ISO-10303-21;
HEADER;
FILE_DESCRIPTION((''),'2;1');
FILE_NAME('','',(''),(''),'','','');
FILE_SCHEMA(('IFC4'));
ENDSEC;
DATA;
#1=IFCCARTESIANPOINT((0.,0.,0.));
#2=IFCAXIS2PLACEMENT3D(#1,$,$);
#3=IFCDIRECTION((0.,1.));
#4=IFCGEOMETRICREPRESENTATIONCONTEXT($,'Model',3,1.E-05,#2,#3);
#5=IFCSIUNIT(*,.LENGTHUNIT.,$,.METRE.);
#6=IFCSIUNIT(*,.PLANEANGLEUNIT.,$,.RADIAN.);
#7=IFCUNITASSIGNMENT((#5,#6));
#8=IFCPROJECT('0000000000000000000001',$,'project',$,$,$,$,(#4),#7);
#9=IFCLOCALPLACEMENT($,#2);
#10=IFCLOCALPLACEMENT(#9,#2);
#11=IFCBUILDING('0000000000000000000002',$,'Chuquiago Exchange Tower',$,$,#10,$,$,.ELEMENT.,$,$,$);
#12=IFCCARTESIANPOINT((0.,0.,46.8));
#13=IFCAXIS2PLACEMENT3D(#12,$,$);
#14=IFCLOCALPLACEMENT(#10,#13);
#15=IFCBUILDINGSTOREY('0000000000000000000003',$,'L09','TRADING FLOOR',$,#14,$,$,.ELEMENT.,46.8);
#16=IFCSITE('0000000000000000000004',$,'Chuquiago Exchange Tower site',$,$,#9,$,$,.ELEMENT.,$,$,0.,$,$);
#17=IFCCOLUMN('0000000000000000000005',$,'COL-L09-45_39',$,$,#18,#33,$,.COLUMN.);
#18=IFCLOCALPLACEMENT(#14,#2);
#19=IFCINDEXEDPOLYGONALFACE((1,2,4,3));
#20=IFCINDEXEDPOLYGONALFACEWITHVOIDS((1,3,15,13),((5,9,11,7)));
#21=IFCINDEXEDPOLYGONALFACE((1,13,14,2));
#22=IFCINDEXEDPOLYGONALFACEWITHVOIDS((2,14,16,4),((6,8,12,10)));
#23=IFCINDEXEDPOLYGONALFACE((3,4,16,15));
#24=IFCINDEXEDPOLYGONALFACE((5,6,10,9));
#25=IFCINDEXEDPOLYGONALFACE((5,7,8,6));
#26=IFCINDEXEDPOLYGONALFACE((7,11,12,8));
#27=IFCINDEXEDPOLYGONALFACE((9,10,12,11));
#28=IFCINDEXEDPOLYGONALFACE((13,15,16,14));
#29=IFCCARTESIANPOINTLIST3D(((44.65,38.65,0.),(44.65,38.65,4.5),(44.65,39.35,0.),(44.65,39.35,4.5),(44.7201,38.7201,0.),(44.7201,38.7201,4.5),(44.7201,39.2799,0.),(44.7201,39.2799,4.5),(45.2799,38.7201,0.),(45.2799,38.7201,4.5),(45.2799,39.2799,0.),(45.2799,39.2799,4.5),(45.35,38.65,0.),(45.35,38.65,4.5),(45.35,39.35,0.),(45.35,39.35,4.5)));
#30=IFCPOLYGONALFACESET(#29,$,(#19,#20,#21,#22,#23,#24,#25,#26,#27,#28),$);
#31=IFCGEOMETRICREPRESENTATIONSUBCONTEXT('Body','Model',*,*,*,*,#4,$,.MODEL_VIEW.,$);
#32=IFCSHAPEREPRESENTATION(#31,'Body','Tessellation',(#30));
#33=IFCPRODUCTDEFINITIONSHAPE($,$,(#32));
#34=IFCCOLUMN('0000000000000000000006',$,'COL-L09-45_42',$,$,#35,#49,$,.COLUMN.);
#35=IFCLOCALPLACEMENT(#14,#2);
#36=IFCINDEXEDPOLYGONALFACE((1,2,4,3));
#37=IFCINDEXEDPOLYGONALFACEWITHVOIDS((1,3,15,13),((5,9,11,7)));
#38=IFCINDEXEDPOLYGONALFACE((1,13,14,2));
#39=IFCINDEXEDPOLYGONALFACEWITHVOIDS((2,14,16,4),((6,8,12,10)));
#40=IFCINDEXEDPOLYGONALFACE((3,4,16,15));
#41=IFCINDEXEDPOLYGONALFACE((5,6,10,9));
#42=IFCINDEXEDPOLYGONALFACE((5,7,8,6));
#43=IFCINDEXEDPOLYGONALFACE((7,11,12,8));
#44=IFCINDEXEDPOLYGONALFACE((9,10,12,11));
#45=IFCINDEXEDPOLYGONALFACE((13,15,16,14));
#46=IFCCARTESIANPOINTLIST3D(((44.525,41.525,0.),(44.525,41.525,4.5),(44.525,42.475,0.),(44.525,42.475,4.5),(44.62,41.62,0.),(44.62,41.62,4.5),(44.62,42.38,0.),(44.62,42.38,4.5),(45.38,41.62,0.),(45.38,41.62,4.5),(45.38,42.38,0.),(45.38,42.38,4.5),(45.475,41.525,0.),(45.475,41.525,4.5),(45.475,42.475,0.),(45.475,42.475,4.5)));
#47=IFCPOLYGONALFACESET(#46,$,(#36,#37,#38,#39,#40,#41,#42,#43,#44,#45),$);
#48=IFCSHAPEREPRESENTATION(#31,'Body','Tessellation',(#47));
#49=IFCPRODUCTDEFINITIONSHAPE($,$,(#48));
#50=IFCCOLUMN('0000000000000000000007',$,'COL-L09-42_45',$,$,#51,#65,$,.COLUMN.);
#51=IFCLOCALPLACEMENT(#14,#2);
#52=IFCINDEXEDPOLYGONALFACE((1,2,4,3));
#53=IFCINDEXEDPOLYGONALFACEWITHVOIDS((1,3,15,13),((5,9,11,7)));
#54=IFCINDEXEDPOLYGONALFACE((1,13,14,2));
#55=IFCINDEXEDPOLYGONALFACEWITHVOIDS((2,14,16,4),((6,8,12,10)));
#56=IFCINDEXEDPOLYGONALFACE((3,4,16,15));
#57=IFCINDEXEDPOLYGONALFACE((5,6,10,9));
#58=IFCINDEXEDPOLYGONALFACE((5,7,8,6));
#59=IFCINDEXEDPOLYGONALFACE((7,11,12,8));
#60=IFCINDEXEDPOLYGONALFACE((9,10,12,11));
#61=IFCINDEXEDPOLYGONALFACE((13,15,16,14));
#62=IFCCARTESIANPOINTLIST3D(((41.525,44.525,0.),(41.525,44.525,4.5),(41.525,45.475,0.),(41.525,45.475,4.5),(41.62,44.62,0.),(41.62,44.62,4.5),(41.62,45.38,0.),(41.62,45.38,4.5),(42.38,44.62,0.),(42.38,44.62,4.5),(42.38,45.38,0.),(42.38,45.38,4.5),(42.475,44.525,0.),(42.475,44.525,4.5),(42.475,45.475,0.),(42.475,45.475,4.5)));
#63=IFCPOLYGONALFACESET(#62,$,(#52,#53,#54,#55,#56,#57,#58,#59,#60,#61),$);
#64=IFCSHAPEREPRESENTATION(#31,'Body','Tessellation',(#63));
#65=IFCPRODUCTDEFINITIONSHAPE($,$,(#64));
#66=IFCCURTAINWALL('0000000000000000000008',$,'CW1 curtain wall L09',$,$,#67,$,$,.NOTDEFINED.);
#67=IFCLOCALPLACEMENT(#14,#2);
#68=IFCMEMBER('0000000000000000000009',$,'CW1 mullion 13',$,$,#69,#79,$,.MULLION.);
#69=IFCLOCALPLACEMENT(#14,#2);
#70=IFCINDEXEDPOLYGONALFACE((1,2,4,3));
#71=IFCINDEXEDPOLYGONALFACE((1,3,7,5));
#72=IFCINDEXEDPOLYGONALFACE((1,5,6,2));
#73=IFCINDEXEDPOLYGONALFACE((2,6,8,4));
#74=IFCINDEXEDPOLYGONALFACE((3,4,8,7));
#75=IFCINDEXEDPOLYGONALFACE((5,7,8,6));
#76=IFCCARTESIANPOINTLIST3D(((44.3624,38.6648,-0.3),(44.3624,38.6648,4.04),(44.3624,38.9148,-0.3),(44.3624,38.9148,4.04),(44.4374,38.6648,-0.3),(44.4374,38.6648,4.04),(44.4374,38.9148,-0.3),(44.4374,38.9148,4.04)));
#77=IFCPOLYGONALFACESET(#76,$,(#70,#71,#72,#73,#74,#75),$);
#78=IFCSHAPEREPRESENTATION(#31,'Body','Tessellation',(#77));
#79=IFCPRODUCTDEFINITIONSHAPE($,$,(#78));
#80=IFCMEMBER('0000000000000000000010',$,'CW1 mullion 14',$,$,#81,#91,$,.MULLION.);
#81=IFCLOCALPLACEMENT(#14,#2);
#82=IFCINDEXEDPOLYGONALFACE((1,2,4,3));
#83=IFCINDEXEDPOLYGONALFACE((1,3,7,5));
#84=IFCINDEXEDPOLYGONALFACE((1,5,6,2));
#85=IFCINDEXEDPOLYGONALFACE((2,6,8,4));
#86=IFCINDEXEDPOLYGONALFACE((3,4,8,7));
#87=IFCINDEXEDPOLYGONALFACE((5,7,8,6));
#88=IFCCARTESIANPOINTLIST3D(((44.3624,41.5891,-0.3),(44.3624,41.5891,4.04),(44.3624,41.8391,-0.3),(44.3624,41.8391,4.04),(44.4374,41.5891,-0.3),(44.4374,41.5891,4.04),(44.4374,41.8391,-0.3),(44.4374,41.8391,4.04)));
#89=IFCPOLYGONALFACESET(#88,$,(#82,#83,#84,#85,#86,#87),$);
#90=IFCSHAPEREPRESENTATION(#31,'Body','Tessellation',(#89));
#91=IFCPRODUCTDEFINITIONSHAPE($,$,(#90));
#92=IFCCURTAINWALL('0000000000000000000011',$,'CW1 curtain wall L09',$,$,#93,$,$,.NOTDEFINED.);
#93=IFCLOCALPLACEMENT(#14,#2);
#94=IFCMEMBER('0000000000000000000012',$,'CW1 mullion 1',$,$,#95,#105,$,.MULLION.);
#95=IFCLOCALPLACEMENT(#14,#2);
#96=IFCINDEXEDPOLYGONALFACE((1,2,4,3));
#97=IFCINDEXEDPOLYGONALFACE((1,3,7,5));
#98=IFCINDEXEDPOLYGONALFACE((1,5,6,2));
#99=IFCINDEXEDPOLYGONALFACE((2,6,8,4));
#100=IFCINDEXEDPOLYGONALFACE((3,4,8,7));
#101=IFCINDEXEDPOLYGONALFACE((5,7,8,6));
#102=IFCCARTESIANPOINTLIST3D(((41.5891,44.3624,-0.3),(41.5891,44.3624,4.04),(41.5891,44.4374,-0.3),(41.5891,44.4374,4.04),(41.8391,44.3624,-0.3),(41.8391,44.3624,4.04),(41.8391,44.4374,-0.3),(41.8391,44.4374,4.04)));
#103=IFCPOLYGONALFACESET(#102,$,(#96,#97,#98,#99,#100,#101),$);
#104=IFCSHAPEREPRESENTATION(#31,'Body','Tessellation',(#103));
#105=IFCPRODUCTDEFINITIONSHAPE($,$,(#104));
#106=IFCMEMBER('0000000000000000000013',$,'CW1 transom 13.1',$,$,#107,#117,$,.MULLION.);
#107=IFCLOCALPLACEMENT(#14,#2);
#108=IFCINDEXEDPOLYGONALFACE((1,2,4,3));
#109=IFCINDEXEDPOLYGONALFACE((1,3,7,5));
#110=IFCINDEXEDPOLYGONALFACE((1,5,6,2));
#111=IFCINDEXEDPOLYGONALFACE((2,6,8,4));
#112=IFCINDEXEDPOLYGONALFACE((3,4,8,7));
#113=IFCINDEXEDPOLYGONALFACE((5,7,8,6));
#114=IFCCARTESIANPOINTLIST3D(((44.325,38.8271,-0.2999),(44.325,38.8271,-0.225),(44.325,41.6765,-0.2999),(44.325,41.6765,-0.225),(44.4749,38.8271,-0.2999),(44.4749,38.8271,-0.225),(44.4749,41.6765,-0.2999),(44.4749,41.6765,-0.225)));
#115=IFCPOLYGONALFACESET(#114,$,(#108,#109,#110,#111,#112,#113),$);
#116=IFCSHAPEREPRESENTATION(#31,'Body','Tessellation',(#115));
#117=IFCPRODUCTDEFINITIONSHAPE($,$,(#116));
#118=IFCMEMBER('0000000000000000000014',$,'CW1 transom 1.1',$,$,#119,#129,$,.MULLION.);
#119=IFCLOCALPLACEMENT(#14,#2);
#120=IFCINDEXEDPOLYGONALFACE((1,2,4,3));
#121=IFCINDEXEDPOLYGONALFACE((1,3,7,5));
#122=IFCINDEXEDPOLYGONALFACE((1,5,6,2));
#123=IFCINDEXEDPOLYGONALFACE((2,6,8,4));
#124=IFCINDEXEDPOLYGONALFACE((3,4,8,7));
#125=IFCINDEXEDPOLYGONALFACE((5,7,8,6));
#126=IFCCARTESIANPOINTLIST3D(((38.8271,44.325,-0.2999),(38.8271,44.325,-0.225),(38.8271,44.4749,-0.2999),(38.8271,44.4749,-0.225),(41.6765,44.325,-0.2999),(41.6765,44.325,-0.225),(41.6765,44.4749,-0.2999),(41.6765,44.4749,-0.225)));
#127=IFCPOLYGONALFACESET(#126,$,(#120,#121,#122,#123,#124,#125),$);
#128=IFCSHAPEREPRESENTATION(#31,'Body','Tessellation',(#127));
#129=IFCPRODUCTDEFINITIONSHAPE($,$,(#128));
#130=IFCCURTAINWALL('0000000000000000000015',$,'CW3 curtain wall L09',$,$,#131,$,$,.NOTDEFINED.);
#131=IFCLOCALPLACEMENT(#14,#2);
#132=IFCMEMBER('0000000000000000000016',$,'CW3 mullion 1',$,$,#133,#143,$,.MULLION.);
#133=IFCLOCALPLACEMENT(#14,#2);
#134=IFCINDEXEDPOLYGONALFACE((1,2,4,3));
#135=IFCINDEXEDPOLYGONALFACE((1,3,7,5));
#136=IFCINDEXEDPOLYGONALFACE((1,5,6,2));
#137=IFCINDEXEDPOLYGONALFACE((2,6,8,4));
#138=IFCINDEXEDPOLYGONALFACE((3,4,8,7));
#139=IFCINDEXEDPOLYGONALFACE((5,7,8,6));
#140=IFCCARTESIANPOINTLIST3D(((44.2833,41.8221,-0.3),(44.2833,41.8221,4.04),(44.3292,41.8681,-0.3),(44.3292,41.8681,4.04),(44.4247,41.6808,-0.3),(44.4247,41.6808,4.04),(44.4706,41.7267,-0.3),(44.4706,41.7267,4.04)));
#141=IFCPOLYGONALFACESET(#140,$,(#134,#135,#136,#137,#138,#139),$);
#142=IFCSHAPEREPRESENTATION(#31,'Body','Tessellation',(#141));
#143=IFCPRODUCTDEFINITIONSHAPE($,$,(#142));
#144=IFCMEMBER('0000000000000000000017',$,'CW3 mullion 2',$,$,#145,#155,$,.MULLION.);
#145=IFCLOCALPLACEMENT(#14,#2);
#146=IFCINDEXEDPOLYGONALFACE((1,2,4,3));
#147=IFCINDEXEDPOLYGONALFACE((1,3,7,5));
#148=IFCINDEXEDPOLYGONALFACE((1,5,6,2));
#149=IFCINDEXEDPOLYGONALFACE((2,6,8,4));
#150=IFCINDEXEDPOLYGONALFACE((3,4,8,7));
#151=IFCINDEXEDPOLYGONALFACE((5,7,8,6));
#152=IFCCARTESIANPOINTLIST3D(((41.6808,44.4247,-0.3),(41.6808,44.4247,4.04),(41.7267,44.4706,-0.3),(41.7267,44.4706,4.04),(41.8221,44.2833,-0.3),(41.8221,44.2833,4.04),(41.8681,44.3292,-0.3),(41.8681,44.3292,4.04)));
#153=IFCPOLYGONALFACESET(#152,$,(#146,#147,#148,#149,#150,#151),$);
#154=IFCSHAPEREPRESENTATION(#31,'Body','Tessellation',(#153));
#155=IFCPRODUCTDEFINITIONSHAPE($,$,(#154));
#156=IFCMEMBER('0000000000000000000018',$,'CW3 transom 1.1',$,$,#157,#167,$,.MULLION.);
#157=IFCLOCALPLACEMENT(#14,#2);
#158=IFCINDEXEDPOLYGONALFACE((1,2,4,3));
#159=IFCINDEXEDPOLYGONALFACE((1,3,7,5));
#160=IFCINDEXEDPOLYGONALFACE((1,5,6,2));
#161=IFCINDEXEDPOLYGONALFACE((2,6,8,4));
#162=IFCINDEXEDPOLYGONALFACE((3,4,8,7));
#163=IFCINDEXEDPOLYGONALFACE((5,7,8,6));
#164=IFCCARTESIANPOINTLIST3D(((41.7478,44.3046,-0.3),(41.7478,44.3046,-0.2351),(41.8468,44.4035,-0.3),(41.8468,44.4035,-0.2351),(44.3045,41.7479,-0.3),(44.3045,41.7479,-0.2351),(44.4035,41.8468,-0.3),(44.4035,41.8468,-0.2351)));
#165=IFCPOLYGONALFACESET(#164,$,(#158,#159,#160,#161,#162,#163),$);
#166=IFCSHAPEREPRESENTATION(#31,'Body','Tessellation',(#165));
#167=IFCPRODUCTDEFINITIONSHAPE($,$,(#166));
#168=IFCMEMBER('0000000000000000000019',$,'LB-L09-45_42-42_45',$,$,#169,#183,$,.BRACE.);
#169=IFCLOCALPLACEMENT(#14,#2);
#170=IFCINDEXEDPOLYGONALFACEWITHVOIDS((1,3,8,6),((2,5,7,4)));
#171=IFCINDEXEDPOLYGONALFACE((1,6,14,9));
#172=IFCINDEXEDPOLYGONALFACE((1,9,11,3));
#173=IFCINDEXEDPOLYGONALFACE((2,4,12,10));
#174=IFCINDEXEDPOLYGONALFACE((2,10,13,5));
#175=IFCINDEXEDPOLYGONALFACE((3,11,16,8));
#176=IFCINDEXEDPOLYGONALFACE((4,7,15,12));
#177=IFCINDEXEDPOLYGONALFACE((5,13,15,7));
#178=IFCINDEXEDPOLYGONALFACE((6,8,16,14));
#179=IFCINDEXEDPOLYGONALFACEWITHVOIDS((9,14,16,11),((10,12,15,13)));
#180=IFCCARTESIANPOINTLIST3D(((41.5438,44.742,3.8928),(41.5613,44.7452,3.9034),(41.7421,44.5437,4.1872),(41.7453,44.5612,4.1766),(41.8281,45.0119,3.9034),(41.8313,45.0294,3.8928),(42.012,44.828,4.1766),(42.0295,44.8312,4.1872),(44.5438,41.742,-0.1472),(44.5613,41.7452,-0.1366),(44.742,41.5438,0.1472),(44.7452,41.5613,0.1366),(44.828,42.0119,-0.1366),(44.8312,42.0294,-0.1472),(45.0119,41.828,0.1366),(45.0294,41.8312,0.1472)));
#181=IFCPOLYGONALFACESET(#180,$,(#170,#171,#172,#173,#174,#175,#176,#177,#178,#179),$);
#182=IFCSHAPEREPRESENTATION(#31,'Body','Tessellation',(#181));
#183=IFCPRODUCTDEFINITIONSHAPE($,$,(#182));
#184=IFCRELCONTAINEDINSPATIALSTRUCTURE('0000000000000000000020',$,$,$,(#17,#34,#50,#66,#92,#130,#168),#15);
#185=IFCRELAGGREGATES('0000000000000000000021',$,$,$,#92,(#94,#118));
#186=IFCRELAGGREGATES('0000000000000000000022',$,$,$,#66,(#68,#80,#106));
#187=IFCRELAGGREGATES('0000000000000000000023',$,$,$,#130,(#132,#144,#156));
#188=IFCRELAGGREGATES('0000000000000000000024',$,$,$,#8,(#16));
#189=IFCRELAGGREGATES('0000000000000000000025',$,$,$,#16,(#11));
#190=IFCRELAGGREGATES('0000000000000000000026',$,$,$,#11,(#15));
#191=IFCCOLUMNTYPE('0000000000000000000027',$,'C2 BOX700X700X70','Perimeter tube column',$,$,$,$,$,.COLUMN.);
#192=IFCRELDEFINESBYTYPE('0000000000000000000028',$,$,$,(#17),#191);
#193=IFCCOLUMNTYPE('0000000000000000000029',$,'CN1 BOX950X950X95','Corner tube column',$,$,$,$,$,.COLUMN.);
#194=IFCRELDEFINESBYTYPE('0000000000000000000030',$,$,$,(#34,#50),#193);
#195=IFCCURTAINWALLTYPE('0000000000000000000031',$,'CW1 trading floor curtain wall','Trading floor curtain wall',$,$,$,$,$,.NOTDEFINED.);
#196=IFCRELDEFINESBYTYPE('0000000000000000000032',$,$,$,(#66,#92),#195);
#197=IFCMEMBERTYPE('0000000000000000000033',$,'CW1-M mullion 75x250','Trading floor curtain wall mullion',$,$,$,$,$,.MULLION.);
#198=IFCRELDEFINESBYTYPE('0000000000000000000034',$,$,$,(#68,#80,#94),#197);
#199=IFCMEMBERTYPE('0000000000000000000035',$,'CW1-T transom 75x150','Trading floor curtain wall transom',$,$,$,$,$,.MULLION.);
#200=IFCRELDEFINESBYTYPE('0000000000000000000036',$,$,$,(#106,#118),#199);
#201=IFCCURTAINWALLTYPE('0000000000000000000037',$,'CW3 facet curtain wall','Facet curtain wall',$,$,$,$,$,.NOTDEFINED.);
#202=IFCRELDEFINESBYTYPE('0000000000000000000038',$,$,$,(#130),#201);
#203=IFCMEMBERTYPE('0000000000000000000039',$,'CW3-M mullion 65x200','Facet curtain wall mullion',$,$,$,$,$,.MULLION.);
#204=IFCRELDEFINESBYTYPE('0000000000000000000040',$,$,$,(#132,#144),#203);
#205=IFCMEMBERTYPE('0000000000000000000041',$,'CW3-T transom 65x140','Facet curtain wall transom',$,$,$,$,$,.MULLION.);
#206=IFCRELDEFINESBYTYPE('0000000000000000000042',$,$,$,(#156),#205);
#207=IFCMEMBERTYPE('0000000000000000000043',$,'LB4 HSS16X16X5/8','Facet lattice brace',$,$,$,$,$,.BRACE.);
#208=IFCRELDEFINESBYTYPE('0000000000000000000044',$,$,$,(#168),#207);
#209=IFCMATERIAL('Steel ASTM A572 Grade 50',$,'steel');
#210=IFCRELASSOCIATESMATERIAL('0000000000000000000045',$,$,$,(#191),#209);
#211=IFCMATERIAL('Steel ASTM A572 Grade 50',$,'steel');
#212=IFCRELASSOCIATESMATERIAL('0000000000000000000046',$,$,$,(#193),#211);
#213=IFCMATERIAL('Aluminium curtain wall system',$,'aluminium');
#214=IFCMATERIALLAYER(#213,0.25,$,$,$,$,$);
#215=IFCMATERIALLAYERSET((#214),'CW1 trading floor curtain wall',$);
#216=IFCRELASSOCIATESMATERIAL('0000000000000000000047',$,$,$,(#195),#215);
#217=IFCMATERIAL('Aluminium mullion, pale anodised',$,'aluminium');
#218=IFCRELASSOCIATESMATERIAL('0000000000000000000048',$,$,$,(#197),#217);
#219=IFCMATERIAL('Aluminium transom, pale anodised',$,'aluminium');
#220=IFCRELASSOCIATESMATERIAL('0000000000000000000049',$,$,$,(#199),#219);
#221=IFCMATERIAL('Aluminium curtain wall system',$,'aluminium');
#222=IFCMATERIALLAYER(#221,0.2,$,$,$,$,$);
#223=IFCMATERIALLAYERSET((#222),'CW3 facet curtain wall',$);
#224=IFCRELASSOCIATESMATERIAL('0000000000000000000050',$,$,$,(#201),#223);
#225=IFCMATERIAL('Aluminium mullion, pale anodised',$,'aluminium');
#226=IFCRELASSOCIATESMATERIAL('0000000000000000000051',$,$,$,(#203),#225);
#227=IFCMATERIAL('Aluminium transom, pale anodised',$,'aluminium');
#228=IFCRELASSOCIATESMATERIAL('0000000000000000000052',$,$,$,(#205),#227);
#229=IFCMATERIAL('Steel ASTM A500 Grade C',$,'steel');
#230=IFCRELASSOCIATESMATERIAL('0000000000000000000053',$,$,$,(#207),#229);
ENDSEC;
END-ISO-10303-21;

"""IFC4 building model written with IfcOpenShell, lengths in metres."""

from ifc_helpers import new_model, si_unit, direction, frame, origin, origin_2d, place, context, subcontext, project, spatial, rectangle, hollow_rectangle, extrude, material, layer, layer_set, material_profile, profile_set, type_object, element, aggregate, save


model = new_model("IFC4")

# Units and contexts
model_context = context("Model", 3, precision=1e-05, world=origin(), true_north=direction((0.0, 1.0)))
body_context = subcontext(model_context, "Body", "Model", "MODEL_VIEW")
ifc_project = project(units=[si_unit("LENGTHUNIT", "METRE"), si_unit("PLANEANGLEUNIT", "RADIAN")], contexts=[model_context])

# Site, building, storey
site_placement = place(None, origin())
site = spatial("IfcSite", under=ifc_project, at=site_placement, Name="Chuquiago Exchange Tower site", CompositionType="ELEMENT", RefElevation=0.0)
building_placement = place(site_placement, origin())
building = spatial("IfcBuilding", under=site, at=building_placement, Name="Chuquiago Exchange Tower", CompositionType="ELEMENT")
storey_placement = place(building_placement, frame((0.0, 0.0, 46.8)))
storey = spatial("IfcBuildingStorey", under=building, at=storey_placement, Name="L09", Description="TRADING FLOOR", CompositionType="ELEMENT", Elevation=46.8)

# Columns
ifc_material_1 = material(Name="Steel ASTM A572 Grade 50", Category="steel")
ifc_material_profile_1 = material_profile(ifc_material_1, hollow_rectangle(XDim=0.7, YDim=0.7, WallThickness=0.0701, at=origin_2d()), Name="BOX700X700X70")
ifc_profile_set_1 = profile_set([ifc_material_profile_1], Name="Steel ASTM A572 Grade 50")
column_type_1 = type_object("IfcColumnType", Name="C2 BOX700X700X70", Description="Perimeter tube column", PredefinedType="COLUMN", material=ifc_profile_set_1)
column_placement = place(storey_placement, frame((45.0, 39.0, 0.0), z_axis=(0.0, 0.0, 1.0), x_axis=(1.0, 0.0, 0.0)))
element("IfcColumn", 1, at=column_placement, inside=storey, type_object=column_type_1, Name="COL-L09-45_39", PredefinedType="COLUMN", context=body_context, shape_type="SweptSolid", body=[
    extrude(hollow_rectangle(XDim=0.7, YDim=0.7, WallThickness=0.0701, at=origin_2d()), origin(), (0.0, 0.0, 1.0), 4.5),
])
ifc_material_2 = material(Name="Steel ASTM A572 Grade 50", Category="steel")
ifc_material_profile_2 = material_profile(ifc_material_2, hollow_rectangle(XDim=0.95, YDim=0.95, WallThickness=0.095, at=origin_2d()), Name="BOX950X950X95")
ifc_profile_set_2 = profile_set([ifc_material_profile_2], Name="Steel ASTM A572 Grade 50")
column_type_2 = type_object("IfcColumnType", Name="CN1 BOX950X950X95", Description="Corner tube column", PredefinedType="COLUMN", material=ifc_profile_set_2)
for number, where, z_axis, x_axis, name in (
    (2, (45.0, 42.0, 0.0), (0.0, 0.0, 1.0), (1.0, 0.0, 0.0), "COL-L09-45_42"),
    (3, (42.0, 45.0, 0.0), (0.0, 0.0, 1.0), (0.0, 1.0, 0.0), "COL-L09-42_45"),
):
    element("IfcColumn", number, at=place(storey_placement, frame(where, z_axis=z_axis, x_axis=x_axis)), inside=storey, type_object=column_type_2, Name=name, PredefinedType="COLUMN", context=body_context, shape_type="SweptSolid", body=[
        extrude(hollow_rectangle(XDim=0.95, YDim=0.95, WallThickness=0.095, at=origin_2d()), origin(), (0.0, 0.0, 1.0), 4.5),
    ])

# Curtain wall, members
ifc_material_3 = material(Name="Aluminium curtain wall system", Category="aluminium")
ifc_layer_1 = layer(ifc_material_3, 0.25)
ifc_layer_set_1 = layer_set([ifc_layer_1], Name="CW1 trading floor curtain wall")
curtain_wall_type_1 = type_object("IfcCurtainWallType", Name="CW1 trading floor curtain wall", Description="Trading floor curtain wall", PredefinedType="NOTDEFINED", material=ifc_layer_set_1)
curtain_wall_1_placement = place(storey_placement, origin())
curtain_wall_1 = element("IfcCurtainWall", 4, at=curtain_wall_1_placement, inside=storey, type_object=curtain_wall_type_1, Name="CW1 curtain wall L09", PredefinedType="NOTDEFINED")
ifc_material_4 = material(Name="Aluminium mullion, pale anodised", Category="aluminium")
ifc_material_profile_3 = material_profile(ifc_material_4, rectangle(XDim=0.075, YDim=0.25, at=origin_2d()), Name="AL 75x250")
ifc_profile_set_3 = profile_set([ifc_material_profile_3], Name="Aluminium mullion, pale anodised")
member_type_1 = type_object("IfcMemberType", Name="CW1-M mullion 75x250", Description="Trading floor curtain wall mullion", PredefinedType="MULLION", material=ifc_profile_set_3)
member_1_placement = place(storey_placement, frame((44.3999, 38.7898, -0.3), z_axis=(0.0, 0.0, 1.0), x_axis=(-1.0, 0.0, 0.0)))
member_1 = element("IfcMember", 5, at=member_1_placement, type_object=member_type_1, Name="CW1 mullion 13", PredefinedType="MULLION", context=body_context, shape_type="SweptSolid", body=[
    extrude(rectangle(XDim=0.075, YDim=0.25, at=origin_2d()), origin(), (0.0, 0.0, 1.0), 4.3401),
])
member_2_placement = place(storey_placement, frame((44.3999, 41.7141, -0.3), z_axis=(0.0, 0.0, 1.0), x_axis=(-1.0, 0.0, 0.0)))
member_2 = element("IfcMember", 6, at=member_2_placement, type_object=member_type_1, Name="CW1 mullion 14", PredefinedType="MULLION", context=body_context, shape_type="SweptSolid", body=[
    extrude(rectangle(XDim=0.075, YDim=0.25, at=origin_2d()), origin(), (0.0, 0.0, 1.0), 4.3401),
])

# Curtain wall, member
curtain_wall_2_placement = place(storey_placement, origin())
curtain_wall_2 = element("IfcCurtainWall", 7, at=curtain_wall_2_placement, inside=storey, type_object=curtain_wall_type_1, Name="CW1 curtain wall L09", PredefinedType="NOTDEFINED")
member_3_placement = place(storey_placement, frame((41.7141, 44.3999, -0.3), z_axis=(0.0, 0.0, 1.0), x_axis=(0.0, -1.0, 0.0)))
member_3 = element("IfcMember", 8, at=member_3_placement, type_object=member_type_1, Name="CW1 mullion 1", PredefinedType="MULLION", context=body_context, shape_type="SweptSolid", body=[
    extrude(rectangle(XDim=0.075, YDim=0.25, at=origin_2d()), origin(), (0.0, 0.0, 1.0), 4.3401),
])

# Members
ifc_material_5 = material(Name="Aluminium transom, pale anodised", Category="aluminium")
ifc_material_profile_4 = material_profile(ifc_material_5, rectangle(XDim=0.1499, YDim=0.075, at=origin_2d()), Name="AL 150x75")
ifc_profile_set_4 = profile_set([ifc_material_profile_4], Name="Aluminium transom, pale anodised")
member_type_2 = type_object("IfcMemberType", Name="CW1-T transom 75x150", Description="Trading floor curtain wall transom", PredefinedType="MULLION", material=ifc_profile_set_4)
member_4_placement = place(storey_placement, frame((44.3999, 38.8271, -0.2625), z_axis=(0.0, 1.0, 0.0), x_axis=(-1.0, 0.0, 0.0)))
member_4 = element("IfcMember", 9, at=member_4_placement, type_object=member_type_2, Name="CW1 transom 13.1", PredefinedType="MULLION", context=body_context, shape_type="SweptSolid", body=[
    extrude(rectangle(XDim=0.1499, YDim=0.075, at=origin_2d()), origin(), (0.0, 0.0, 1.0), 2.8494),
])
member_5_placement = place(storey_placement, frame((41.6765, 44.3999, -0.2625), z_axis=(-1.0, 0.0, 0.0), x_axis=(0.0, -1.0, 0.0)))
member_5 = element("IfcMember", 10, at=member_5_placement, type_object=member_type_2, Name="CW1 transom 1.1", PredefinedType="MULLION", context=body_context, shape_type="SweptSolid", body=[
    extrude(rectangle(XDim=0.1499, YDim=0.075, at=origin_2d()), origin(), (0.0, 0.0, 1.0), 2.8494),
])
aggregate(curtain_wall_2, [member_3, member_5])

# Curtain wall, members
ifc_material_6 = material(Name="Aluminium curtain wall system", Category="aluminium")
ifc_layer_2 = layer(ifc_material_6, 0.2)
ifc_layer_set_2 = layer_set([ifc_layer_2], Name="CW3 facet curtain wall")
curtain_wall_type_2 = type_object("IfcCurtainWallType", Name="CW3 facet curtain wall", Description="Facet curtain wall", PredefinedType="NOTDEFINED", material=ifc_layer_set_2)
curtain_wall_3_placement = place(storey_placement, origin())
curtain_wall_3 = element("IfcCurtainWall", 11, at=curtain_wall_3_placement, inside=storey, type_object=curtain_wall_type_2, Name="CW3 curtain wall L09", PredefinedType="NOTDEFINED")
ifc_material_7 = material(Name="Aluminium mullion, pale anodised", Category="aluminium")
ifc_material_profile_5 = material_profile(ifc_material_7, rectangle(XDim=0.0649, YDim=0.2, at=origin_2d()), Name="AL 65x200")
ifc_profile_set_5 = profile_set([ifc_material_profile_5], Name="Aluminium mullion, pale anodised")
member_type_3 = type_object("IfcMemberType", Name="CW3-M mullion 65x200", Description="Facet curtain wall mullion", PredefinedType="MULLION", material=ifc_profile_set_5)
member_6_placement = place(storey_placement, frame((44.377, 41.7744, -0.3), z_axis=(0.0, 0.0, 1.0), x_axis=(-0.707107, -0.707107, 0.0)))
member_6 = element("IfcMember", 12, at=member_6_placement, type_object=member_type_3, Name="CW3 mullion 1", PredefinedType="MULLION", context=body_context, shape_type="SweptSolid", body=[
    extrude(rectangle(XDim=0.0649, YDim=0.2, at=origin_2d()), origin(), (0.0, 0.0, 1.0), 4.3401),
])
member_7_placement = place(storey_placement, frame((41.7744, 44.377, -0.3), z_axis=(0.0, 0.0, 1.0), x_axis=(-0.707107, -0.707107, 0.0)))
member_7 = element("IfcMember", 13, at=member_7_placement, type_object=member_type_3, Name="CW3 mullion 2", PredefinedType="MULLION", context=body_context, shape_type="SweptSolid", body=[
    extrude(rectangle(XDim=0.0649, YDim=0.2, at=origin_2d()), origin(), (0.0, 0.0, 1.0), 4.3401),
])
ifc_material_8 = material(Name="Aluminium transom, pale anodised", Category="aluminium")
ifc_material_profile_6 = material_profile(ifc_material_8, rectangle(XDim=0.1399, YDim=0.0649, at=origin_2d()), Name="AL 140x65")
ifc_profile_set_6 = profile_set([ifc_material_profile_6], Name="Aluminium transom, pale anodised")
member_type_4 = type_object("IfcMemberType", Name="CW3-T transom 65x140", Description="Facet curtain wall transom", PredefinedType="MULLION", material=ifc_profile_set_6)
member_8_placement = place(storey_placement, frame((44.354, 41.7974, -0.2676), z_axis=(-0.707107, 0.707107, 0.0), x_axis=(-0.707107, -0.707107, 0.0)))
member_8 = element("IfcMember", 14, at=member_8_placement, type_object=member_type_4, Name="CW3 transom 1.1", PredefinedType="MULLION", context=body_context, shape_type="SweptSolid", body=[
    extrude(rectangle(XDim=0.1399, YDim=0.0649, at=origin_2d()), origin(), (0.0, 0.0, 1.0), 3.6157),
])

# Member
ifc_material_9 = material(Name="Steel ASTM A500 Grade C", Category="steel")
ifc_material_profile_7 = material_profile(ifc_material_9, hollow_rectangle(XDim=0.4065, YDim=0.4065, WallThickness=0.0146, at=origin_2d()), Name="HSS16X16X5/8")
ifc_profile_set_7 = profile_set([ifc_material_profile_7], Name="Steel ASTM A500 Grade C")
member_type_5 = type_object("IfcMemberType", Name="LB4 HSS16X16X5/8", Description="Facet lattice brace", PredefinedType="BRACE", material=ifc_profile_set_7)
member_9_placement = place(storey_placement, frame((44.7866, 41.7866, 0.0), z_axis=(-0.512077, 0.512077, 0.689604), x_axis=(-0.707107, -0.707107, 0.0)))
element("IfcMember", 15, at=member_9_placement, inside=storey, type_object=member_type_5, Name="LB-L09-45_42-42_45", PredefinedType="BRACE", context=body_context, shape_type="SweptSolid", body=[
    extrude(hollow_rectangle(XDim=0.4065, YDim=0.4065, WallThickness=0.0146, at=origin_2d()), origin(), (0.0, 0.0, 1.0), 5.8584),
])

aggregate(curtain_wall_1, [member_1, member_2, member_4])
aggregate(curtain_wall_3, [member_6, member_7, member_8])

save(model, "model.ifc")
